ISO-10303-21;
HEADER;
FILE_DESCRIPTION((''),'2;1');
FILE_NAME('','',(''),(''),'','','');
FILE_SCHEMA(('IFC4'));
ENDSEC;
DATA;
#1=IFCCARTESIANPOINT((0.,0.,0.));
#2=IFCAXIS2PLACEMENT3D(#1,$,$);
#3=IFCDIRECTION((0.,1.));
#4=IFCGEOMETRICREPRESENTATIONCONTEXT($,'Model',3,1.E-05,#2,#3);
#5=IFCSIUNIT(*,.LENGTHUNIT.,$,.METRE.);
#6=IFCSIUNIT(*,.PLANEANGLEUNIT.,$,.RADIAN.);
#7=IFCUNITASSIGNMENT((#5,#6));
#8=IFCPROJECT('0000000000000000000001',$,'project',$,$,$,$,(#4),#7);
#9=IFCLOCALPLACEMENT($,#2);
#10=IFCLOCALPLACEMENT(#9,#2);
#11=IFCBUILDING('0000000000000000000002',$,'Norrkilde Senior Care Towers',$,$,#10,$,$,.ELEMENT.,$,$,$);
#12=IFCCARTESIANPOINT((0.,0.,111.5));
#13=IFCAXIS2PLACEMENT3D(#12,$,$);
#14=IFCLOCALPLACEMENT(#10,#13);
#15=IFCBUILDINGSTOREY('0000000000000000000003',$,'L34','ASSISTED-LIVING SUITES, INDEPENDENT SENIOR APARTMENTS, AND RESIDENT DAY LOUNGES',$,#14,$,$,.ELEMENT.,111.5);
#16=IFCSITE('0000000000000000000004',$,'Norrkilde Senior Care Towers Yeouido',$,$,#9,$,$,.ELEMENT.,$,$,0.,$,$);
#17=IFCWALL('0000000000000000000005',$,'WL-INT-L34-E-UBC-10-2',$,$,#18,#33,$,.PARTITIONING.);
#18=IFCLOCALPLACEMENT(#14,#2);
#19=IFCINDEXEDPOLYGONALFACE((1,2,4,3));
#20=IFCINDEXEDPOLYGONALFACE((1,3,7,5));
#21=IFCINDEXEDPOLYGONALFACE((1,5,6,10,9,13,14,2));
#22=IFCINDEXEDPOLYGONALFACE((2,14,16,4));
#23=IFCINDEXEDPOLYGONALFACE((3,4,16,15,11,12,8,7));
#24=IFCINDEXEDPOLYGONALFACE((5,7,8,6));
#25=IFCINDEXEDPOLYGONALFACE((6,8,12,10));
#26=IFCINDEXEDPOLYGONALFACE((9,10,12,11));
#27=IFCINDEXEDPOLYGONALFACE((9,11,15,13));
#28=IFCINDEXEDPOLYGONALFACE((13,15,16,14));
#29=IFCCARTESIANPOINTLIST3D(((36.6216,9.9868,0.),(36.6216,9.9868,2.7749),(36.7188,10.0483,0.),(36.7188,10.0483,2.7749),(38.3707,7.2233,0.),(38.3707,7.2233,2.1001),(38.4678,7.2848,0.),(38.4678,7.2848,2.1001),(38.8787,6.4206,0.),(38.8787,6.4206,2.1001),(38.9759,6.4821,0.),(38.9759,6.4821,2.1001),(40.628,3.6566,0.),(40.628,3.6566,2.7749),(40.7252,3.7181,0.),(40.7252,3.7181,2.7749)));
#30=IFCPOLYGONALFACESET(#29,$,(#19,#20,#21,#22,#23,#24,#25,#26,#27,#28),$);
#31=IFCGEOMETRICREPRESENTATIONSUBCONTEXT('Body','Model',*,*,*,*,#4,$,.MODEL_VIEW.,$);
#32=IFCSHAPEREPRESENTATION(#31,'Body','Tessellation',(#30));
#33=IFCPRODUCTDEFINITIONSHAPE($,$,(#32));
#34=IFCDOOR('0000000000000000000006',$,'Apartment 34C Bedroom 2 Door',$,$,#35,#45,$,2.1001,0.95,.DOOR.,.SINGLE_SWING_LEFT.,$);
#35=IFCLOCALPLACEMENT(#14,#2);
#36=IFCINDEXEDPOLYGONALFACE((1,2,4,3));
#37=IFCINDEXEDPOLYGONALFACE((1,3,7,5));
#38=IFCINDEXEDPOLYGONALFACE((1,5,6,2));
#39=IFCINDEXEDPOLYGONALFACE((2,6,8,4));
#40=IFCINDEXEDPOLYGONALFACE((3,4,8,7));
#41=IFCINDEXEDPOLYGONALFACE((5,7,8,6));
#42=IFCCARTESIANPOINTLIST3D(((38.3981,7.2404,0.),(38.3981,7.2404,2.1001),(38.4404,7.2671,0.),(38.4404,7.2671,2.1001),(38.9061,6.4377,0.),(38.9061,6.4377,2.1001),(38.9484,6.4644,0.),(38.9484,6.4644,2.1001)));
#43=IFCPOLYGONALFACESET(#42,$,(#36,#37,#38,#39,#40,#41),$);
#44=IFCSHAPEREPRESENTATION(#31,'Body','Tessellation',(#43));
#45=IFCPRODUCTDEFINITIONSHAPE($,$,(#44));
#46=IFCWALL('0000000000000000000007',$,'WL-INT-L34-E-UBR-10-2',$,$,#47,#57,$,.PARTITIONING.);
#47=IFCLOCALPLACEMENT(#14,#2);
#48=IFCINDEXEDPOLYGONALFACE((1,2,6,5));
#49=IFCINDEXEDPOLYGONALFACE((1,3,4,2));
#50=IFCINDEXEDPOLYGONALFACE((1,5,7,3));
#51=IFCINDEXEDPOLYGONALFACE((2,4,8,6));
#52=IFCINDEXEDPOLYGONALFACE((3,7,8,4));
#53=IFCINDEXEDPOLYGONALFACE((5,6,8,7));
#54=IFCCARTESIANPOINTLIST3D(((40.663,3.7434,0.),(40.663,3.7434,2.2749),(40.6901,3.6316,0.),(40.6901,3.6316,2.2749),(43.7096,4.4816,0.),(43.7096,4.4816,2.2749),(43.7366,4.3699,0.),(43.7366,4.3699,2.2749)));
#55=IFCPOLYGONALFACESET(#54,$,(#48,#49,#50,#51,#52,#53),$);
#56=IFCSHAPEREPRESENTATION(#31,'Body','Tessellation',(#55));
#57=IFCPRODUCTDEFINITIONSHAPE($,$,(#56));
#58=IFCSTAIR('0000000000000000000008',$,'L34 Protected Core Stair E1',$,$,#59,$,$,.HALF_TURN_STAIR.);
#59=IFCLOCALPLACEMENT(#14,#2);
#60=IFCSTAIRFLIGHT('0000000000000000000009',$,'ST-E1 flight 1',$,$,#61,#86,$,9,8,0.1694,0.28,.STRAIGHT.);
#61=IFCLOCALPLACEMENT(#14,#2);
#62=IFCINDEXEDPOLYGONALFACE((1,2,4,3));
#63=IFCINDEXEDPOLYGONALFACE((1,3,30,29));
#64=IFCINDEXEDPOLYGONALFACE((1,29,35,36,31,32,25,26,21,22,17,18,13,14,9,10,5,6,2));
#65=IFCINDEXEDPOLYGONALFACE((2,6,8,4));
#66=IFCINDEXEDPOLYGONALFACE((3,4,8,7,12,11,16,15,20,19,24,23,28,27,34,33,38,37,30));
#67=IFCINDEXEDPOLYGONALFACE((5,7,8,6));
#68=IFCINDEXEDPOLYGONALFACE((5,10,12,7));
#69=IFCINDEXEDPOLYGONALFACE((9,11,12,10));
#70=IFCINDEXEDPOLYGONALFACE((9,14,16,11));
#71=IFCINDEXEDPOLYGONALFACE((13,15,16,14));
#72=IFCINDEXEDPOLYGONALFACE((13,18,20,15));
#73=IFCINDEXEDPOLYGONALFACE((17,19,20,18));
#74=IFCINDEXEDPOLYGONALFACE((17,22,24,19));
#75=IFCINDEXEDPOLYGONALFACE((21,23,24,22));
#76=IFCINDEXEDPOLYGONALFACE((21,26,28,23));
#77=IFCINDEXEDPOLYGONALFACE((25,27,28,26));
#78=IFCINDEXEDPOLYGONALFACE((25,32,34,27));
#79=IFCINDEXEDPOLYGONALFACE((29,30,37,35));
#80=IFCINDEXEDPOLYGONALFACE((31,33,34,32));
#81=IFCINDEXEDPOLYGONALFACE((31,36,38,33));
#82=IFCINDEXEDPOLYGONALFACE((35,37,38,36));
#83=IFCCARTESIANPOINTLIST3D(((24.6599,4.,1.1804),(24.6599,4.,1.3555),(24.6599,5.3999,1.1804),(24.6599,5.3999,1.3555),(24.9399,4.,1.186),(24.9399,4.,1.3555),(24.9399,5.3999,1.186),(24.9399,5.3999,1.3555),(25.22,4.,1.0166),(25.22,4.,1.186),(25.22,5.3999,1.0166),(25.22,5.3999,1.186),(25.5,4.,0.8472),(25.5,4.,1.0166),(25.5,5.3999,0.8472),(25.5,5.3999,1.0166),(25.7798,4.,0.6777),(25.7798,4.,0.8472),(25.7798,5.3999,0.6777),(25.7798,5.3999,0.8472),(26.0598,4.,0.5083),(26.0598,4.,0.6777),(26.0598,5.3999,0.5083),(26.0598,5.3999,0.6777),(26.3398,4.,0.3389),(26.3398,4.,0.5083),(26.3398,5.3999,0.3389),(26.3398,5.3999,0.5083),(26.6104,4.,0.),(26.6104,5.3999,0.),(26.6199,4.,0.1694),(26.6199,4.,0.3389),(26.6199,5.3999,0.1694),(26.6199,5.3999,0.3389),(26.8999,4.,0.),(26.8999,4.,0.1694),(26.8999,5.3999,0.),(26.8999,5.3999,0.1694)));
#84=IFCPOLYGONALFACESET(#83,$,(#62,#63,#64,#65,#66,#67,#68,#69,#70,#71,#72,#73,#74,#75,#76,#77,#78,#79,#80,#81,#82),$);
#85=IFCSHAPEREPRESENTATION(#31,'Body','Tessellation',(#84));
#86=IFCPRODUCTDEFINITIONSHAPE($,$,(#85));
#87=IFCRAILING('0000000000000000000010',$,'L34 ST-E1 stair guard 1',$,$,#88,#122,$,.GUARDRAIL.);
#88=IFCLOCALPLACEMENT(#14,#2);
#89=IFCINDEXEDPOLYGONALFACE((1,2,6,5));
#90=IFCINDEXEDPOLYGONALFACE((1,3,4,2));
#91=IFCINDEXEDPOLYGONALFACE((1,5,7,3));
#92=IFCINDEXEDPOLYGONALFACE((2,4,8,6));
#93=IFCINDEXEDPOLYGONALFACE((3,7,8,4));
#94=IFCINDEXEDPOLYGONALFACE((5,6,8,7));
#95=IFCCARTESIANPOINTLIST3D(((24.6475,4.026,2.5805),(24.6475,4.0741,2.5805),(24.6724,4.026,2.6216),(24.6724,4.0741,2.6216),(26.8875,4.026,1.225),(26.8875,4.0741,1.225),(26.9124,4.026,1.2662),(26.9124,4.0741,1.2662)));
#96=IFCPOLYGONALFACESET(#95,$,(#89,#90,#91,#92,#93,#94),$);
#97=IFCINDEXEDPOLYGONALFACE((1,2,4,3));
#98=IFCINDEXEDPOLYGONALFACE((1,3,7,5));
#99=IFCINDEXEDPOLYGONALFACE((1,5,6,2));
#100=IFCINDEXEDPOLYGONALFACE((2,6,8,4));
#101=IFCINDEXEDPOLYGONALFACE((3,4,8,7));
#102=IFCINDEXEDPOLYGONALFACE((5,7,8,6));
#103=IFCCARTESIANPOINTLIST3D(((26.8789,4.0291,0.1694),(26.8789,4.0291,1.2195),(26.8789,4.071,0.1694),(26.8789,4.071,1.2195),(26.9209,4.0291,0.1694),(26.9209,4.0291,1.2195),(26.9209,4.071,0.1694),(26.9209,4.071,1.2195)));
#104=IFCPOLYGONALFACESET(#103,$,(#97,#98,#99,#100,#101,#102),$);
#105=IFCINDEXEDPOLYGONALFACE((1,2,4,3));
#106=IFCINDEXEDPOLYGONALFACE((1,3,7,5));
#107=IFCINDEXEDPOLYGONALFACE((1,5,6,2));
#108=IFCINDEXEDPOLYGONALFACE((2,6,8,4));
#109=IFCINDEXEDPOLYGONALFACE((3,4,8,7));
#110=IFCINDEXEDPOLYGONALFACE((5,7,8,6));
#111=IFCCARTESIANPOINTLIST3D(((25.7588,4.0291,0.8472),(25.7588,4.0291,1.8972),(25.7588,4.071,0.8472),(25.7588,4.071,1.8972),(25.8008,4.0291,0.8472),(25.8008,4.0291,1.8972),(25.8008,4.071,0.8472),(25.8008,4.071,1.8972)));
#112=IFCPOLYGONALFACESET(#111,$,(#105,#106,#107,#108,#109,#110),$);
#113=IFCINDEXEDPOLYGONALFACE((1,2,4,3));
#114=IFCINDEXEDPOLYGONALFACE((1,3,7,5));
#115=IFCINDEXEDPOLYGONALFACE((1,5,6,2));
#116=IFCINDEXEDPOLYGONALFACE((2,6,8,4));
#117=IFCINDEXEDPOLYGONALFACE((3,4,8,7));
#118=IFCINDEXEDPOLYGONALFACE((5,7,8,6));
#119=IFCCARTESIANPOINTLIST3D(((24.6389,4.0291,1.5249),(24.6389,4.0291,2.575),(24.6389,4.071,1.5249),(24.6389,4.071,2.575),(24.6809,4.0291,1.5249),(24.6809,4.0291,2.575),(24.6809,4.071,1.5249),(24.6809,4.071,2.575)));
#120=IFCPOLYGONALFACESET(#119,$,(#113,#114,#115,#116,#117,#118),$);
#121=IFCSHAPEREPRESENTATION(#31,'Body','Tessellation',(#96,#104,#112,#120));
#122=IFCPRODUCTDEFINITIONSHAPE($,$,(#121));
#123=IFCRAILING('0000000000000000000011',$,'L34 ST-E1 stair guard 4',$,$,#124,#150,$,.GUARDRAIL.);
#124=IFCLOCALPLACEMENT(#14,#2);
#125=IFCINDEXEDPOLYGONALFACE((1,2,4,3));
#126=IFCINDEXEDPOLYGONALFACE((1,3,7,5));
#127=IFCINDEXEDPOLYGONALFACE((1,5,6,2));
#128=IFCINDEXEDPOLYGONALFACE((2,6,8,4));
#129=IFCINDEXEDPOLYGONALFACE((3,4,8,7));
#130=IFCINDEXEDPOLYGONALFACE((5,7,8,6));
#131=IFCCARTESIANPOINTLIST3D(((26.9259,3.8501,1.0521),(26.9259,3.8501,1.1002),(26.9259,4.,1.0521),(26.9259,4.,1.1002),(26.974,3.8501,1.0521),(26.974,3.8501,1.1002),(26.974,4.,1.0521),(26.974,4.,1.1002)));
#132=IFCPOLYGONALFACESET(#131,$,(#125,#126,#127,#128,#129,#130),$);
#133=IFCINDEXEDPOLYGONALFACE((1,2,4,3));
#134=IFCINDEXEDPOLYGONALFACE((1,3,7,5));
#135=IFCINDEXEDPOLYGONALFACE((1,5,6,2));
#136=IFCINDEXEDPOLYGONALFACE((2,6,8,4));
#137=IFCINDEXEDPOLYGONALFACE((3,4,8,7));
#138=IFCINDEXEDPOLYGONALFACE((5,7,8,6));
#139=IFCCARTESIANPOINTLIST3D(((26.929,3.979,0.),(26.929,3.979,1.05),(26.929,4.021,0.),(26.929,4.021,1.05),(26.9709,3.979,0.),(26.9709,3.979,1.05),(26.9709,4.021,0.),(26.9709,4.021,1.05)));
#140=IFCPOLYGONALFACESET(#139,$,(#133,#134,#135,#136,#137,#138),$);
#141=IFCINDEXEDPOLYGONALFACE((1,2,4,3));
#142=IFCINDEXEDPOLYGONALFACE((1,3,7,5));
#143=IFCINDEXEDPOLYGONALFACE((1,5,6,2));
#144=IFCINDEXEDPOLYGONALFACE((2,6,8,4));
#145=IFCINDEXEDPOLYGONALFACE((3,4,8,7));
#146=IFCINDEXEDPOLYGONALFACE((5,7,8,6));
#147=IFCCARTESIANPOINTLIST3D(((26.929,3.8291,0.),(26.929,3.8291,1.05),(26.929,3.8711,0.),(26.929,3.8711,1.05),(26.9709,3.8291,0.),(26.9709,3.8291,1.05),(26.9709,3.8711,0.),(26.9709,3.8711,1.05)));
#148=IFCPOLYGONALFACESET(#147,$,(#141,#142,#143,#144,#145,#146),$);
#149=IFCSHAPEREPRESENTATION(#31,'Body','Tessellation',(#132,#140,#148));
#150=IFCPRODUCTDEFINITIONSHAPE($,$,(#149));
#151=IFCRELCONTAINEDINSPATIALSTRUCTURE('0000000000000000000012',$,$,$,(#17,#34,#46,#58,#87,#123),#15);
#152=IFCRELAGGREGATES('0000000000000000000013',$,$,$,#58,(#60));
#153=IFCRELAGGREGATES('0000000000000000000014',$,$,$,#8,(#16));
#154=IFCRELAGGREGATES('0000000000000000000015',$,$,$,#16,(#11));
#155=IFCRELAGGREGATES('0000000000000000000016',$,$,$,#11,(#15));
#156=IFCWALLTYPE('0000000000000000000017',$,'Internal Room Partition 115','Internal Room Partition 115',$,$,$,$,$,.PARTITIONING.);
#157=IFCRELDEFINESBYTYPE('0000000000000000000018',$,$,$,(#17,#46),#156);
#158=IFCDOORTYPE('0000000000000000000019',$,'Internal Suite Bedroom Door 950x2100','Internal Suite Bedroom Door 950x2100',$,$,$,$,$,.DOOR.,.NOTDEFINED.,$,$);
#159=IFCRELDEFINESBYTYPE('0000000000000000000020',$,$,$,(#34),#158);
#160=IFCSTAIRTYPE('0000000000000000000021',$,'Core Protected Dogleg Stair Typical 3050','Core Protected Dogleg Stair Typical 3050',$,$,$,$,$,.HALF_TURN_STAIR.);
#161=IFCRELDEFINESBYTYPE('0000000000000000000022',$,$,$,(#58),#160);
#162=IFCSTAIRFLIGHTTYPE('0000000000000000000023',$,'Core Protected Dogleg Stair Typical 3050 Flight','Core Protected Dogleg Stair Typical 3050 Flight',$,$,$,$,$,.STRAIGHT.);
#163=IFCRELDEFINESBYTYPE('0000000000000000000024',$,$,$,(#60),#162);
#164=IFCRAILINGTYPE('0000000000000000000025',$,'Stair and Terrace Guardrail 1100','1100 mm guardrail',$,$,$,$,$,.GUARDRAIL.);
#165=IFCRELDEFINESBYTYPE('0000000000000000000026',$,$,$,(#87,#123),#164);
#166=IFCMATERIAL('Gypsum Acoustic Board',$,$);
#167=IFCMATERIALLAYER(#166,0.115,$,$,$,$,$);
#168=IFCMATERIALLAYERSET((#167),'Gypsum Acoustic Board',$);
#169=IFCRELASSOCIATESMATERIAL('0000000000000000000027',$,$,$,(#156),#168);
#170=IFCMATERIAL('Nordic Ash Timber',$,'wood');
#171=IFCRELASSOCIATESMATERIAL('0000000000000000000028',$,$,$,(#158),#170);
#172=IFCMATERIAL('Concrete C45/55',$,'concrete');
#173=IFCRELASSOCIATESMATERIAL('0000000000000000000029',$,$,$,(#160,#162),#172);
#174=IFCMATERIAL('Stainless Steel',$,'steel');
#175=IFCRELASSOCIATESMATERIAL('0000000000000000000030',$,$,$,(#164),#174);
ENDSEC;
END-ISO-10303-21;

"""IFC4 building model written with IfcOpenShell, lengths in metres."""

from ifc_helpers import new_model, si_unit, direction, frame, frame_2d, origin, origin_2d, place, context, subcontext, project, spatial, polyline, rectangle, outline, extrude, source, transform, mapped, material, layer, layer_set, type_object, type_shapes, element, fill, aggregate, save


model = new_model("IFC4")

# Units and contexts
model_context = context("Model", 3, precision=1e-05, world=origin(), true_north=direction((0.0, 1.0)))
body_context = subcontext(model_context, "Body", "Model", "MODEL_VIEW")
ifc_project = project(units=[si_unit("LENGTHUNIT", "METRE"), si_unit("PLANEANGLEUNIT", "RADIAN")], contexts=[model_context])

# Site, building, storey
site_placement = place(None, origin())
site = spatial("IfcSite", under=ifc_project, at=site_placement, Name="Norrkilde Senior Care Towers Yeouido", CompositionType="ELEMENT", RefElevation=0.0)
building_placement = place(site_placement, origin())
building = spatial("IfcBuilding", under=site, at=building_placement, Name="Norrkilde Senior Care Towers", CompositionType="ELEMENT")
storey_placement = place(building_placement, frame((0.0, 0.0, 111.5)))
storey = spatial("IfcBuildingStorey", under=building, at=storey_placement, Name="L34", Description="ASSISTED-LIVING SUITES, INDEPENDENT SENIOR APARTMENTS, AND RESIDENT DAY LOUNGES", CompositionType="ELEMENT", Elevation=111.5)

# Shared definitions
ifc_material_1 = material(Name="Concrete C45/55", Category="concrete")
ifc_material_2 = material(Name="Stainless Steel", Category="steel")

# Shared definitions
ifc_material_3 = material(Name="Gypsum Acoustic Board")
ifc_layer_1 = layer(ifc_material_3, 0.115)
ifc_layer_set_1 = layer_set([ifc_layer_1], Name="Gypsum Acoustic Board")
wall_type_1 = type_object("IfcWallType", Name="Internal Room Partition 115", Description="Internal Room Partition 115", PredefinedType="PARTITIONING", material=ifc_layer_set_1)

# Wall, opening, door
shared_shape_1 = source(origin(), body_context, "Body", "SweptSolid", [
    extrude(rectangle(XDim=7.4915, YDim=0.115, at=frame_2d((3.7456, 0.0))), origin(), (0.0, 0.0, 1.0), 2.7749),
])
wall_1_placement = place(storey_placement, frame((40.6765, 3.6875, 0.0), z_axis=(0.0, 0.0, 1.0), x_axis=(-0.534795, 0.844982, 0.0)))
wall_1 = element("IfcWall", 1, at=wall_1_placement, inside=storey, type_object=wall_type_1, Name="WL-INT-L34-E-UBC-10-2", PredefinedType="PARTITIONING", context=body_context, shape_type="MappedRepresentation", body=[
    mapped(shared_shape_1, transform((0.0, 0.0, 0.0), x_axis=(1.0, 0.0, 0.0), y_axis=(0.0, 1.0, 0.0), z_axis=(0.0, 0.0, 1.0), scale=1.0)),
])
opening_1_placement = place(wall_1_placement, frame((3.2708, 0.0, 0.0)))
opening_1 = element("IfcOpeningElement", 2, at=opening_1_placement, cuts=wall_1, PredefinedType="OPENING", context=body_context, shape_type="SweptSolid", body=[
    extrude(rectangle(XDim=0.95, YDim=2.1001, at=frame_2d((0.4751, 1.05))), frame((0.0, 0.0674, 0.0), z_axis=(0.0, -1.0, 0.0), x_axis=(1.0, 0.0, 0.0)), (0.0, 0.0, 1.0), 0.135),
])
ifc_material_4 = material(Name="Nordic Ash Timber", Category="wood")
door_type_1 = type_object("IfcDoorType", Name="Internal Suite Bedroom Door 950x2100", Description="Internal Suite Bedroom Door 950x2100", OperationType="NOTDEFINED", PredefinedType="DOOR", material=ifc_material_4)
shared_shape_2 = source(origin(), body_context, "Body", "SweptSolid", [
    extrude(rectangle(XDim=0.95, YDim=2.1001, at=frame_2d((0.4751, 1.05))), frame((0.0, 0.0249, 0.0), z_axis=(0.0, -1.0, 0.0), x_axis=(1.0, 0.0, 0.0)), (0.0, 0.0, 1.0), 0.05),
])
type_shapes(door_type_1, [shared_shape_2])
door_1_placement = place(opening_1_placement, frame((0.95, 0.0, 0.0), z_axis=(0.0, 0.0, 1.0), x_axis=(-1.0, 0.0, 0.0)))
door_1 = element("IfcDoor", 3, at=door_1_placement, inside=storey, type_object=door_type_1, Name="Apartment 34C Bedroom 2 Door", OperationType="SINGLE_SWING_LEFT", OverallHeight=2.1001, OverallWidth=0.95, PredefinedType="DOOR", context=body_context, shape_type="MappedRepresentation", body=[
    mapped(shared_shape_2, transform((0.0, 0.0, 0.0), x_axis=(1.0, 0.0, 0.0), y_axis=(0.0, 1.0, 0.0), z_axis=(0.0, 0.0, 1.0), scale=1.0)),
])
fill(opening_1, door_1)

# Wall
shared_shape_3 = source(origin(), body_context, "Body", "SweptSolid", [
    extrude(rectangle(XDim=3.1348, YDim=0.115, at=frame_2d((1.5674, 0.0))), origin(), (0.0, 0.0, 1.0), 2.2749),
])
wall_2_placement = place(storey_placement, frame((40.6765, 3.6875, 0.0), z_axis=(0.0, 0.0, 1.0), x_axis=(0.971872, 0.235511, 0.0)))
element("IfcWall", 4, at=wall_2_placement, inside=storey, type_object=wall_type_1, Name="WL-INT-L34-E-UBR-10-2", PredefinedType="PARTITIONING", context=body_context, shape_type="MappedRepresentation", body=[
    mapped(shared_shape_3, transform((0.0, 0.0, 0.0), x_axis=(1.0, 0.0, 0.0), y_axis=(0.0, 1.0, 0.0), z_axis=(0.0, 0.0, 1.0), scale=1.0)),
])

# Stair, stair flight
stair_type = type_object("IfcStairType", Name="Core Protected Dogleg Stair Typical 3050", Description="Core Protected Dogleg Stair Typical 3050", PredefinedType="HALF_TURN_STAIR", material=ifc_material_1)
stair_placement = place(storey_placement, origin())
stair = element("IfcStair", 5, at=stair_placement, inside=storey, type_object=stair_type, Name="L34 Protected Core Stair E1", PredefinedType="HALF_TURN_STAIR")
stair_flight_type = type_object("IfcStairFlightType", Name="Core Protected Dogleg Stair Typical 3050 Flight", Description="Core Protected Dogleg Stair Typical 3050 Flight", PredefinedType="STRAIGHT", material=ifc_material_1)
stair_flight_placement = place(storey_placement, frame((26.8999, 4.7, 0.0), z_axis=(0.0, 0.0, 1.0), x_axis=(-1.0, 0.0, 0.0)))
stair_flight = element("IfcStairFlight", 6, at=stair_flight_placement, type_object=stair_flight_type, Name="ST-E1 flight 1", NumberOfRisers=9, NumberOfTreads=8, PredefinedType="STRAIGHT", RiserHeight=0.1694, TreadLength=0.28, context=body_context, shape_type="SweptSolid", body=[
    extrude(outline(polyline([(0.0, 0.0), (0.0, 0.1694), (0.28, 0.1694), (0.28, 0.3389), (0.5601, 0.3389), (0.5601, 0.5083), (0.8401, 0.5083), (0.8401, 0.6777), (1.1201, 0.6777), (1.1201, 0.8472), (1.3999, 0.8472), (1.3999, 1.0166), (1.6799, 1.0166), (1.6799, 1.186), (1.96, 1.186), (1.96, 1.3555), (2.24, 1.3555), (2.24, 1.5249), (2.24, 1.1804), (0.2896, 0.0), (0.0, 0.0)])), frame((0.0, 0.7, 0.0), z_axis=(0.0, -1.0, 0.0), x_axis=(1.0, 0.0, 0.0)), (0.0, 0.0, 1.0), 1.3999),
])
aggregate(stair, [stair_flight])

# Railings
railing_type = type_object("IfcRailingType", Name="Stair and Terrace Guardrail 1100", Description="1100 mm guardrail", PredefinedType="GUARDRAIL", material=ifc_material_2)
railing_1_placement = place(storey_placement, frame((26.8999, 4.05, 0.1694)))
element("IfcRailing", 7, at=railing_1_placement, inside=storey, type_object=railing_type, Name="L34 ST-E1 stair guard 1", PredefinedType="GUARDRAIL", context=body_context, shape_type="SweptSolid", body=[
    extrude(rectangle(XDim=0.0481, YDim=0.0481, at=origin_2d()), frame((0.0, 0.0, 1.0762), z_axis=(-0.855553, 0.0, 0.517715), x_axis=(0.0, -1.0, 0.0)), (0.0, 0.0, 1.0), 2.6182),
    extrude(rectangle(XDim=0.042, YDim=0.042, at=origin_2d()), origin(), (0.0, 0.0, 1.0), 1.05),
    extrude(rectangle(XDim=0.042, YDim=0.042, at=origin_2d()), frame((-1.1201, 0.0, 0.6777)), (0.0, 0.0, 1.0), 1.05),
    extrude(rectangle(XDim=0.042, YDim=0.042, at=origin_2d()), frame((-2.24, 0.0, 1.3555)), (0.0, 0.0, 1.0), 1.05),
])
railing_2_placement = place(storey_placement, frame((26.95, 4.0, 0.0)))
element("IfcRailing", 8, at=railing_2_placement, inside=storey, type_object=railing_type, Name="L34 ST-E1 stair guard 4", PredefinedType="GUARDRAIL", context=body_context, shape_type="SweptSolid", body=[
    extrude(rectangle(XDim=0.0481, YDim=0.0481, at=origin_2d()), frame((0.0, 0.0, 1.0762), z_axis=(0.0, -1.0, 0.0), x_axis=(1.0, 0.0, 0.0)), (0.0, 0.0, 1.0), 0.1499),
    extrude(rectangle(XDim=0.042, YDim=0.042, at=origin_2d()), origin(), (0.0, 0.0, 1.0), 1.05),
    extrude(rectangle(XDim=0.042, YDim=0.042, at=origin_2d()), frame((0.0, -0.1499, 0.0)), (0.0, 0.0, 1.0), 1.05),
])

save(model, "model.ifc")
